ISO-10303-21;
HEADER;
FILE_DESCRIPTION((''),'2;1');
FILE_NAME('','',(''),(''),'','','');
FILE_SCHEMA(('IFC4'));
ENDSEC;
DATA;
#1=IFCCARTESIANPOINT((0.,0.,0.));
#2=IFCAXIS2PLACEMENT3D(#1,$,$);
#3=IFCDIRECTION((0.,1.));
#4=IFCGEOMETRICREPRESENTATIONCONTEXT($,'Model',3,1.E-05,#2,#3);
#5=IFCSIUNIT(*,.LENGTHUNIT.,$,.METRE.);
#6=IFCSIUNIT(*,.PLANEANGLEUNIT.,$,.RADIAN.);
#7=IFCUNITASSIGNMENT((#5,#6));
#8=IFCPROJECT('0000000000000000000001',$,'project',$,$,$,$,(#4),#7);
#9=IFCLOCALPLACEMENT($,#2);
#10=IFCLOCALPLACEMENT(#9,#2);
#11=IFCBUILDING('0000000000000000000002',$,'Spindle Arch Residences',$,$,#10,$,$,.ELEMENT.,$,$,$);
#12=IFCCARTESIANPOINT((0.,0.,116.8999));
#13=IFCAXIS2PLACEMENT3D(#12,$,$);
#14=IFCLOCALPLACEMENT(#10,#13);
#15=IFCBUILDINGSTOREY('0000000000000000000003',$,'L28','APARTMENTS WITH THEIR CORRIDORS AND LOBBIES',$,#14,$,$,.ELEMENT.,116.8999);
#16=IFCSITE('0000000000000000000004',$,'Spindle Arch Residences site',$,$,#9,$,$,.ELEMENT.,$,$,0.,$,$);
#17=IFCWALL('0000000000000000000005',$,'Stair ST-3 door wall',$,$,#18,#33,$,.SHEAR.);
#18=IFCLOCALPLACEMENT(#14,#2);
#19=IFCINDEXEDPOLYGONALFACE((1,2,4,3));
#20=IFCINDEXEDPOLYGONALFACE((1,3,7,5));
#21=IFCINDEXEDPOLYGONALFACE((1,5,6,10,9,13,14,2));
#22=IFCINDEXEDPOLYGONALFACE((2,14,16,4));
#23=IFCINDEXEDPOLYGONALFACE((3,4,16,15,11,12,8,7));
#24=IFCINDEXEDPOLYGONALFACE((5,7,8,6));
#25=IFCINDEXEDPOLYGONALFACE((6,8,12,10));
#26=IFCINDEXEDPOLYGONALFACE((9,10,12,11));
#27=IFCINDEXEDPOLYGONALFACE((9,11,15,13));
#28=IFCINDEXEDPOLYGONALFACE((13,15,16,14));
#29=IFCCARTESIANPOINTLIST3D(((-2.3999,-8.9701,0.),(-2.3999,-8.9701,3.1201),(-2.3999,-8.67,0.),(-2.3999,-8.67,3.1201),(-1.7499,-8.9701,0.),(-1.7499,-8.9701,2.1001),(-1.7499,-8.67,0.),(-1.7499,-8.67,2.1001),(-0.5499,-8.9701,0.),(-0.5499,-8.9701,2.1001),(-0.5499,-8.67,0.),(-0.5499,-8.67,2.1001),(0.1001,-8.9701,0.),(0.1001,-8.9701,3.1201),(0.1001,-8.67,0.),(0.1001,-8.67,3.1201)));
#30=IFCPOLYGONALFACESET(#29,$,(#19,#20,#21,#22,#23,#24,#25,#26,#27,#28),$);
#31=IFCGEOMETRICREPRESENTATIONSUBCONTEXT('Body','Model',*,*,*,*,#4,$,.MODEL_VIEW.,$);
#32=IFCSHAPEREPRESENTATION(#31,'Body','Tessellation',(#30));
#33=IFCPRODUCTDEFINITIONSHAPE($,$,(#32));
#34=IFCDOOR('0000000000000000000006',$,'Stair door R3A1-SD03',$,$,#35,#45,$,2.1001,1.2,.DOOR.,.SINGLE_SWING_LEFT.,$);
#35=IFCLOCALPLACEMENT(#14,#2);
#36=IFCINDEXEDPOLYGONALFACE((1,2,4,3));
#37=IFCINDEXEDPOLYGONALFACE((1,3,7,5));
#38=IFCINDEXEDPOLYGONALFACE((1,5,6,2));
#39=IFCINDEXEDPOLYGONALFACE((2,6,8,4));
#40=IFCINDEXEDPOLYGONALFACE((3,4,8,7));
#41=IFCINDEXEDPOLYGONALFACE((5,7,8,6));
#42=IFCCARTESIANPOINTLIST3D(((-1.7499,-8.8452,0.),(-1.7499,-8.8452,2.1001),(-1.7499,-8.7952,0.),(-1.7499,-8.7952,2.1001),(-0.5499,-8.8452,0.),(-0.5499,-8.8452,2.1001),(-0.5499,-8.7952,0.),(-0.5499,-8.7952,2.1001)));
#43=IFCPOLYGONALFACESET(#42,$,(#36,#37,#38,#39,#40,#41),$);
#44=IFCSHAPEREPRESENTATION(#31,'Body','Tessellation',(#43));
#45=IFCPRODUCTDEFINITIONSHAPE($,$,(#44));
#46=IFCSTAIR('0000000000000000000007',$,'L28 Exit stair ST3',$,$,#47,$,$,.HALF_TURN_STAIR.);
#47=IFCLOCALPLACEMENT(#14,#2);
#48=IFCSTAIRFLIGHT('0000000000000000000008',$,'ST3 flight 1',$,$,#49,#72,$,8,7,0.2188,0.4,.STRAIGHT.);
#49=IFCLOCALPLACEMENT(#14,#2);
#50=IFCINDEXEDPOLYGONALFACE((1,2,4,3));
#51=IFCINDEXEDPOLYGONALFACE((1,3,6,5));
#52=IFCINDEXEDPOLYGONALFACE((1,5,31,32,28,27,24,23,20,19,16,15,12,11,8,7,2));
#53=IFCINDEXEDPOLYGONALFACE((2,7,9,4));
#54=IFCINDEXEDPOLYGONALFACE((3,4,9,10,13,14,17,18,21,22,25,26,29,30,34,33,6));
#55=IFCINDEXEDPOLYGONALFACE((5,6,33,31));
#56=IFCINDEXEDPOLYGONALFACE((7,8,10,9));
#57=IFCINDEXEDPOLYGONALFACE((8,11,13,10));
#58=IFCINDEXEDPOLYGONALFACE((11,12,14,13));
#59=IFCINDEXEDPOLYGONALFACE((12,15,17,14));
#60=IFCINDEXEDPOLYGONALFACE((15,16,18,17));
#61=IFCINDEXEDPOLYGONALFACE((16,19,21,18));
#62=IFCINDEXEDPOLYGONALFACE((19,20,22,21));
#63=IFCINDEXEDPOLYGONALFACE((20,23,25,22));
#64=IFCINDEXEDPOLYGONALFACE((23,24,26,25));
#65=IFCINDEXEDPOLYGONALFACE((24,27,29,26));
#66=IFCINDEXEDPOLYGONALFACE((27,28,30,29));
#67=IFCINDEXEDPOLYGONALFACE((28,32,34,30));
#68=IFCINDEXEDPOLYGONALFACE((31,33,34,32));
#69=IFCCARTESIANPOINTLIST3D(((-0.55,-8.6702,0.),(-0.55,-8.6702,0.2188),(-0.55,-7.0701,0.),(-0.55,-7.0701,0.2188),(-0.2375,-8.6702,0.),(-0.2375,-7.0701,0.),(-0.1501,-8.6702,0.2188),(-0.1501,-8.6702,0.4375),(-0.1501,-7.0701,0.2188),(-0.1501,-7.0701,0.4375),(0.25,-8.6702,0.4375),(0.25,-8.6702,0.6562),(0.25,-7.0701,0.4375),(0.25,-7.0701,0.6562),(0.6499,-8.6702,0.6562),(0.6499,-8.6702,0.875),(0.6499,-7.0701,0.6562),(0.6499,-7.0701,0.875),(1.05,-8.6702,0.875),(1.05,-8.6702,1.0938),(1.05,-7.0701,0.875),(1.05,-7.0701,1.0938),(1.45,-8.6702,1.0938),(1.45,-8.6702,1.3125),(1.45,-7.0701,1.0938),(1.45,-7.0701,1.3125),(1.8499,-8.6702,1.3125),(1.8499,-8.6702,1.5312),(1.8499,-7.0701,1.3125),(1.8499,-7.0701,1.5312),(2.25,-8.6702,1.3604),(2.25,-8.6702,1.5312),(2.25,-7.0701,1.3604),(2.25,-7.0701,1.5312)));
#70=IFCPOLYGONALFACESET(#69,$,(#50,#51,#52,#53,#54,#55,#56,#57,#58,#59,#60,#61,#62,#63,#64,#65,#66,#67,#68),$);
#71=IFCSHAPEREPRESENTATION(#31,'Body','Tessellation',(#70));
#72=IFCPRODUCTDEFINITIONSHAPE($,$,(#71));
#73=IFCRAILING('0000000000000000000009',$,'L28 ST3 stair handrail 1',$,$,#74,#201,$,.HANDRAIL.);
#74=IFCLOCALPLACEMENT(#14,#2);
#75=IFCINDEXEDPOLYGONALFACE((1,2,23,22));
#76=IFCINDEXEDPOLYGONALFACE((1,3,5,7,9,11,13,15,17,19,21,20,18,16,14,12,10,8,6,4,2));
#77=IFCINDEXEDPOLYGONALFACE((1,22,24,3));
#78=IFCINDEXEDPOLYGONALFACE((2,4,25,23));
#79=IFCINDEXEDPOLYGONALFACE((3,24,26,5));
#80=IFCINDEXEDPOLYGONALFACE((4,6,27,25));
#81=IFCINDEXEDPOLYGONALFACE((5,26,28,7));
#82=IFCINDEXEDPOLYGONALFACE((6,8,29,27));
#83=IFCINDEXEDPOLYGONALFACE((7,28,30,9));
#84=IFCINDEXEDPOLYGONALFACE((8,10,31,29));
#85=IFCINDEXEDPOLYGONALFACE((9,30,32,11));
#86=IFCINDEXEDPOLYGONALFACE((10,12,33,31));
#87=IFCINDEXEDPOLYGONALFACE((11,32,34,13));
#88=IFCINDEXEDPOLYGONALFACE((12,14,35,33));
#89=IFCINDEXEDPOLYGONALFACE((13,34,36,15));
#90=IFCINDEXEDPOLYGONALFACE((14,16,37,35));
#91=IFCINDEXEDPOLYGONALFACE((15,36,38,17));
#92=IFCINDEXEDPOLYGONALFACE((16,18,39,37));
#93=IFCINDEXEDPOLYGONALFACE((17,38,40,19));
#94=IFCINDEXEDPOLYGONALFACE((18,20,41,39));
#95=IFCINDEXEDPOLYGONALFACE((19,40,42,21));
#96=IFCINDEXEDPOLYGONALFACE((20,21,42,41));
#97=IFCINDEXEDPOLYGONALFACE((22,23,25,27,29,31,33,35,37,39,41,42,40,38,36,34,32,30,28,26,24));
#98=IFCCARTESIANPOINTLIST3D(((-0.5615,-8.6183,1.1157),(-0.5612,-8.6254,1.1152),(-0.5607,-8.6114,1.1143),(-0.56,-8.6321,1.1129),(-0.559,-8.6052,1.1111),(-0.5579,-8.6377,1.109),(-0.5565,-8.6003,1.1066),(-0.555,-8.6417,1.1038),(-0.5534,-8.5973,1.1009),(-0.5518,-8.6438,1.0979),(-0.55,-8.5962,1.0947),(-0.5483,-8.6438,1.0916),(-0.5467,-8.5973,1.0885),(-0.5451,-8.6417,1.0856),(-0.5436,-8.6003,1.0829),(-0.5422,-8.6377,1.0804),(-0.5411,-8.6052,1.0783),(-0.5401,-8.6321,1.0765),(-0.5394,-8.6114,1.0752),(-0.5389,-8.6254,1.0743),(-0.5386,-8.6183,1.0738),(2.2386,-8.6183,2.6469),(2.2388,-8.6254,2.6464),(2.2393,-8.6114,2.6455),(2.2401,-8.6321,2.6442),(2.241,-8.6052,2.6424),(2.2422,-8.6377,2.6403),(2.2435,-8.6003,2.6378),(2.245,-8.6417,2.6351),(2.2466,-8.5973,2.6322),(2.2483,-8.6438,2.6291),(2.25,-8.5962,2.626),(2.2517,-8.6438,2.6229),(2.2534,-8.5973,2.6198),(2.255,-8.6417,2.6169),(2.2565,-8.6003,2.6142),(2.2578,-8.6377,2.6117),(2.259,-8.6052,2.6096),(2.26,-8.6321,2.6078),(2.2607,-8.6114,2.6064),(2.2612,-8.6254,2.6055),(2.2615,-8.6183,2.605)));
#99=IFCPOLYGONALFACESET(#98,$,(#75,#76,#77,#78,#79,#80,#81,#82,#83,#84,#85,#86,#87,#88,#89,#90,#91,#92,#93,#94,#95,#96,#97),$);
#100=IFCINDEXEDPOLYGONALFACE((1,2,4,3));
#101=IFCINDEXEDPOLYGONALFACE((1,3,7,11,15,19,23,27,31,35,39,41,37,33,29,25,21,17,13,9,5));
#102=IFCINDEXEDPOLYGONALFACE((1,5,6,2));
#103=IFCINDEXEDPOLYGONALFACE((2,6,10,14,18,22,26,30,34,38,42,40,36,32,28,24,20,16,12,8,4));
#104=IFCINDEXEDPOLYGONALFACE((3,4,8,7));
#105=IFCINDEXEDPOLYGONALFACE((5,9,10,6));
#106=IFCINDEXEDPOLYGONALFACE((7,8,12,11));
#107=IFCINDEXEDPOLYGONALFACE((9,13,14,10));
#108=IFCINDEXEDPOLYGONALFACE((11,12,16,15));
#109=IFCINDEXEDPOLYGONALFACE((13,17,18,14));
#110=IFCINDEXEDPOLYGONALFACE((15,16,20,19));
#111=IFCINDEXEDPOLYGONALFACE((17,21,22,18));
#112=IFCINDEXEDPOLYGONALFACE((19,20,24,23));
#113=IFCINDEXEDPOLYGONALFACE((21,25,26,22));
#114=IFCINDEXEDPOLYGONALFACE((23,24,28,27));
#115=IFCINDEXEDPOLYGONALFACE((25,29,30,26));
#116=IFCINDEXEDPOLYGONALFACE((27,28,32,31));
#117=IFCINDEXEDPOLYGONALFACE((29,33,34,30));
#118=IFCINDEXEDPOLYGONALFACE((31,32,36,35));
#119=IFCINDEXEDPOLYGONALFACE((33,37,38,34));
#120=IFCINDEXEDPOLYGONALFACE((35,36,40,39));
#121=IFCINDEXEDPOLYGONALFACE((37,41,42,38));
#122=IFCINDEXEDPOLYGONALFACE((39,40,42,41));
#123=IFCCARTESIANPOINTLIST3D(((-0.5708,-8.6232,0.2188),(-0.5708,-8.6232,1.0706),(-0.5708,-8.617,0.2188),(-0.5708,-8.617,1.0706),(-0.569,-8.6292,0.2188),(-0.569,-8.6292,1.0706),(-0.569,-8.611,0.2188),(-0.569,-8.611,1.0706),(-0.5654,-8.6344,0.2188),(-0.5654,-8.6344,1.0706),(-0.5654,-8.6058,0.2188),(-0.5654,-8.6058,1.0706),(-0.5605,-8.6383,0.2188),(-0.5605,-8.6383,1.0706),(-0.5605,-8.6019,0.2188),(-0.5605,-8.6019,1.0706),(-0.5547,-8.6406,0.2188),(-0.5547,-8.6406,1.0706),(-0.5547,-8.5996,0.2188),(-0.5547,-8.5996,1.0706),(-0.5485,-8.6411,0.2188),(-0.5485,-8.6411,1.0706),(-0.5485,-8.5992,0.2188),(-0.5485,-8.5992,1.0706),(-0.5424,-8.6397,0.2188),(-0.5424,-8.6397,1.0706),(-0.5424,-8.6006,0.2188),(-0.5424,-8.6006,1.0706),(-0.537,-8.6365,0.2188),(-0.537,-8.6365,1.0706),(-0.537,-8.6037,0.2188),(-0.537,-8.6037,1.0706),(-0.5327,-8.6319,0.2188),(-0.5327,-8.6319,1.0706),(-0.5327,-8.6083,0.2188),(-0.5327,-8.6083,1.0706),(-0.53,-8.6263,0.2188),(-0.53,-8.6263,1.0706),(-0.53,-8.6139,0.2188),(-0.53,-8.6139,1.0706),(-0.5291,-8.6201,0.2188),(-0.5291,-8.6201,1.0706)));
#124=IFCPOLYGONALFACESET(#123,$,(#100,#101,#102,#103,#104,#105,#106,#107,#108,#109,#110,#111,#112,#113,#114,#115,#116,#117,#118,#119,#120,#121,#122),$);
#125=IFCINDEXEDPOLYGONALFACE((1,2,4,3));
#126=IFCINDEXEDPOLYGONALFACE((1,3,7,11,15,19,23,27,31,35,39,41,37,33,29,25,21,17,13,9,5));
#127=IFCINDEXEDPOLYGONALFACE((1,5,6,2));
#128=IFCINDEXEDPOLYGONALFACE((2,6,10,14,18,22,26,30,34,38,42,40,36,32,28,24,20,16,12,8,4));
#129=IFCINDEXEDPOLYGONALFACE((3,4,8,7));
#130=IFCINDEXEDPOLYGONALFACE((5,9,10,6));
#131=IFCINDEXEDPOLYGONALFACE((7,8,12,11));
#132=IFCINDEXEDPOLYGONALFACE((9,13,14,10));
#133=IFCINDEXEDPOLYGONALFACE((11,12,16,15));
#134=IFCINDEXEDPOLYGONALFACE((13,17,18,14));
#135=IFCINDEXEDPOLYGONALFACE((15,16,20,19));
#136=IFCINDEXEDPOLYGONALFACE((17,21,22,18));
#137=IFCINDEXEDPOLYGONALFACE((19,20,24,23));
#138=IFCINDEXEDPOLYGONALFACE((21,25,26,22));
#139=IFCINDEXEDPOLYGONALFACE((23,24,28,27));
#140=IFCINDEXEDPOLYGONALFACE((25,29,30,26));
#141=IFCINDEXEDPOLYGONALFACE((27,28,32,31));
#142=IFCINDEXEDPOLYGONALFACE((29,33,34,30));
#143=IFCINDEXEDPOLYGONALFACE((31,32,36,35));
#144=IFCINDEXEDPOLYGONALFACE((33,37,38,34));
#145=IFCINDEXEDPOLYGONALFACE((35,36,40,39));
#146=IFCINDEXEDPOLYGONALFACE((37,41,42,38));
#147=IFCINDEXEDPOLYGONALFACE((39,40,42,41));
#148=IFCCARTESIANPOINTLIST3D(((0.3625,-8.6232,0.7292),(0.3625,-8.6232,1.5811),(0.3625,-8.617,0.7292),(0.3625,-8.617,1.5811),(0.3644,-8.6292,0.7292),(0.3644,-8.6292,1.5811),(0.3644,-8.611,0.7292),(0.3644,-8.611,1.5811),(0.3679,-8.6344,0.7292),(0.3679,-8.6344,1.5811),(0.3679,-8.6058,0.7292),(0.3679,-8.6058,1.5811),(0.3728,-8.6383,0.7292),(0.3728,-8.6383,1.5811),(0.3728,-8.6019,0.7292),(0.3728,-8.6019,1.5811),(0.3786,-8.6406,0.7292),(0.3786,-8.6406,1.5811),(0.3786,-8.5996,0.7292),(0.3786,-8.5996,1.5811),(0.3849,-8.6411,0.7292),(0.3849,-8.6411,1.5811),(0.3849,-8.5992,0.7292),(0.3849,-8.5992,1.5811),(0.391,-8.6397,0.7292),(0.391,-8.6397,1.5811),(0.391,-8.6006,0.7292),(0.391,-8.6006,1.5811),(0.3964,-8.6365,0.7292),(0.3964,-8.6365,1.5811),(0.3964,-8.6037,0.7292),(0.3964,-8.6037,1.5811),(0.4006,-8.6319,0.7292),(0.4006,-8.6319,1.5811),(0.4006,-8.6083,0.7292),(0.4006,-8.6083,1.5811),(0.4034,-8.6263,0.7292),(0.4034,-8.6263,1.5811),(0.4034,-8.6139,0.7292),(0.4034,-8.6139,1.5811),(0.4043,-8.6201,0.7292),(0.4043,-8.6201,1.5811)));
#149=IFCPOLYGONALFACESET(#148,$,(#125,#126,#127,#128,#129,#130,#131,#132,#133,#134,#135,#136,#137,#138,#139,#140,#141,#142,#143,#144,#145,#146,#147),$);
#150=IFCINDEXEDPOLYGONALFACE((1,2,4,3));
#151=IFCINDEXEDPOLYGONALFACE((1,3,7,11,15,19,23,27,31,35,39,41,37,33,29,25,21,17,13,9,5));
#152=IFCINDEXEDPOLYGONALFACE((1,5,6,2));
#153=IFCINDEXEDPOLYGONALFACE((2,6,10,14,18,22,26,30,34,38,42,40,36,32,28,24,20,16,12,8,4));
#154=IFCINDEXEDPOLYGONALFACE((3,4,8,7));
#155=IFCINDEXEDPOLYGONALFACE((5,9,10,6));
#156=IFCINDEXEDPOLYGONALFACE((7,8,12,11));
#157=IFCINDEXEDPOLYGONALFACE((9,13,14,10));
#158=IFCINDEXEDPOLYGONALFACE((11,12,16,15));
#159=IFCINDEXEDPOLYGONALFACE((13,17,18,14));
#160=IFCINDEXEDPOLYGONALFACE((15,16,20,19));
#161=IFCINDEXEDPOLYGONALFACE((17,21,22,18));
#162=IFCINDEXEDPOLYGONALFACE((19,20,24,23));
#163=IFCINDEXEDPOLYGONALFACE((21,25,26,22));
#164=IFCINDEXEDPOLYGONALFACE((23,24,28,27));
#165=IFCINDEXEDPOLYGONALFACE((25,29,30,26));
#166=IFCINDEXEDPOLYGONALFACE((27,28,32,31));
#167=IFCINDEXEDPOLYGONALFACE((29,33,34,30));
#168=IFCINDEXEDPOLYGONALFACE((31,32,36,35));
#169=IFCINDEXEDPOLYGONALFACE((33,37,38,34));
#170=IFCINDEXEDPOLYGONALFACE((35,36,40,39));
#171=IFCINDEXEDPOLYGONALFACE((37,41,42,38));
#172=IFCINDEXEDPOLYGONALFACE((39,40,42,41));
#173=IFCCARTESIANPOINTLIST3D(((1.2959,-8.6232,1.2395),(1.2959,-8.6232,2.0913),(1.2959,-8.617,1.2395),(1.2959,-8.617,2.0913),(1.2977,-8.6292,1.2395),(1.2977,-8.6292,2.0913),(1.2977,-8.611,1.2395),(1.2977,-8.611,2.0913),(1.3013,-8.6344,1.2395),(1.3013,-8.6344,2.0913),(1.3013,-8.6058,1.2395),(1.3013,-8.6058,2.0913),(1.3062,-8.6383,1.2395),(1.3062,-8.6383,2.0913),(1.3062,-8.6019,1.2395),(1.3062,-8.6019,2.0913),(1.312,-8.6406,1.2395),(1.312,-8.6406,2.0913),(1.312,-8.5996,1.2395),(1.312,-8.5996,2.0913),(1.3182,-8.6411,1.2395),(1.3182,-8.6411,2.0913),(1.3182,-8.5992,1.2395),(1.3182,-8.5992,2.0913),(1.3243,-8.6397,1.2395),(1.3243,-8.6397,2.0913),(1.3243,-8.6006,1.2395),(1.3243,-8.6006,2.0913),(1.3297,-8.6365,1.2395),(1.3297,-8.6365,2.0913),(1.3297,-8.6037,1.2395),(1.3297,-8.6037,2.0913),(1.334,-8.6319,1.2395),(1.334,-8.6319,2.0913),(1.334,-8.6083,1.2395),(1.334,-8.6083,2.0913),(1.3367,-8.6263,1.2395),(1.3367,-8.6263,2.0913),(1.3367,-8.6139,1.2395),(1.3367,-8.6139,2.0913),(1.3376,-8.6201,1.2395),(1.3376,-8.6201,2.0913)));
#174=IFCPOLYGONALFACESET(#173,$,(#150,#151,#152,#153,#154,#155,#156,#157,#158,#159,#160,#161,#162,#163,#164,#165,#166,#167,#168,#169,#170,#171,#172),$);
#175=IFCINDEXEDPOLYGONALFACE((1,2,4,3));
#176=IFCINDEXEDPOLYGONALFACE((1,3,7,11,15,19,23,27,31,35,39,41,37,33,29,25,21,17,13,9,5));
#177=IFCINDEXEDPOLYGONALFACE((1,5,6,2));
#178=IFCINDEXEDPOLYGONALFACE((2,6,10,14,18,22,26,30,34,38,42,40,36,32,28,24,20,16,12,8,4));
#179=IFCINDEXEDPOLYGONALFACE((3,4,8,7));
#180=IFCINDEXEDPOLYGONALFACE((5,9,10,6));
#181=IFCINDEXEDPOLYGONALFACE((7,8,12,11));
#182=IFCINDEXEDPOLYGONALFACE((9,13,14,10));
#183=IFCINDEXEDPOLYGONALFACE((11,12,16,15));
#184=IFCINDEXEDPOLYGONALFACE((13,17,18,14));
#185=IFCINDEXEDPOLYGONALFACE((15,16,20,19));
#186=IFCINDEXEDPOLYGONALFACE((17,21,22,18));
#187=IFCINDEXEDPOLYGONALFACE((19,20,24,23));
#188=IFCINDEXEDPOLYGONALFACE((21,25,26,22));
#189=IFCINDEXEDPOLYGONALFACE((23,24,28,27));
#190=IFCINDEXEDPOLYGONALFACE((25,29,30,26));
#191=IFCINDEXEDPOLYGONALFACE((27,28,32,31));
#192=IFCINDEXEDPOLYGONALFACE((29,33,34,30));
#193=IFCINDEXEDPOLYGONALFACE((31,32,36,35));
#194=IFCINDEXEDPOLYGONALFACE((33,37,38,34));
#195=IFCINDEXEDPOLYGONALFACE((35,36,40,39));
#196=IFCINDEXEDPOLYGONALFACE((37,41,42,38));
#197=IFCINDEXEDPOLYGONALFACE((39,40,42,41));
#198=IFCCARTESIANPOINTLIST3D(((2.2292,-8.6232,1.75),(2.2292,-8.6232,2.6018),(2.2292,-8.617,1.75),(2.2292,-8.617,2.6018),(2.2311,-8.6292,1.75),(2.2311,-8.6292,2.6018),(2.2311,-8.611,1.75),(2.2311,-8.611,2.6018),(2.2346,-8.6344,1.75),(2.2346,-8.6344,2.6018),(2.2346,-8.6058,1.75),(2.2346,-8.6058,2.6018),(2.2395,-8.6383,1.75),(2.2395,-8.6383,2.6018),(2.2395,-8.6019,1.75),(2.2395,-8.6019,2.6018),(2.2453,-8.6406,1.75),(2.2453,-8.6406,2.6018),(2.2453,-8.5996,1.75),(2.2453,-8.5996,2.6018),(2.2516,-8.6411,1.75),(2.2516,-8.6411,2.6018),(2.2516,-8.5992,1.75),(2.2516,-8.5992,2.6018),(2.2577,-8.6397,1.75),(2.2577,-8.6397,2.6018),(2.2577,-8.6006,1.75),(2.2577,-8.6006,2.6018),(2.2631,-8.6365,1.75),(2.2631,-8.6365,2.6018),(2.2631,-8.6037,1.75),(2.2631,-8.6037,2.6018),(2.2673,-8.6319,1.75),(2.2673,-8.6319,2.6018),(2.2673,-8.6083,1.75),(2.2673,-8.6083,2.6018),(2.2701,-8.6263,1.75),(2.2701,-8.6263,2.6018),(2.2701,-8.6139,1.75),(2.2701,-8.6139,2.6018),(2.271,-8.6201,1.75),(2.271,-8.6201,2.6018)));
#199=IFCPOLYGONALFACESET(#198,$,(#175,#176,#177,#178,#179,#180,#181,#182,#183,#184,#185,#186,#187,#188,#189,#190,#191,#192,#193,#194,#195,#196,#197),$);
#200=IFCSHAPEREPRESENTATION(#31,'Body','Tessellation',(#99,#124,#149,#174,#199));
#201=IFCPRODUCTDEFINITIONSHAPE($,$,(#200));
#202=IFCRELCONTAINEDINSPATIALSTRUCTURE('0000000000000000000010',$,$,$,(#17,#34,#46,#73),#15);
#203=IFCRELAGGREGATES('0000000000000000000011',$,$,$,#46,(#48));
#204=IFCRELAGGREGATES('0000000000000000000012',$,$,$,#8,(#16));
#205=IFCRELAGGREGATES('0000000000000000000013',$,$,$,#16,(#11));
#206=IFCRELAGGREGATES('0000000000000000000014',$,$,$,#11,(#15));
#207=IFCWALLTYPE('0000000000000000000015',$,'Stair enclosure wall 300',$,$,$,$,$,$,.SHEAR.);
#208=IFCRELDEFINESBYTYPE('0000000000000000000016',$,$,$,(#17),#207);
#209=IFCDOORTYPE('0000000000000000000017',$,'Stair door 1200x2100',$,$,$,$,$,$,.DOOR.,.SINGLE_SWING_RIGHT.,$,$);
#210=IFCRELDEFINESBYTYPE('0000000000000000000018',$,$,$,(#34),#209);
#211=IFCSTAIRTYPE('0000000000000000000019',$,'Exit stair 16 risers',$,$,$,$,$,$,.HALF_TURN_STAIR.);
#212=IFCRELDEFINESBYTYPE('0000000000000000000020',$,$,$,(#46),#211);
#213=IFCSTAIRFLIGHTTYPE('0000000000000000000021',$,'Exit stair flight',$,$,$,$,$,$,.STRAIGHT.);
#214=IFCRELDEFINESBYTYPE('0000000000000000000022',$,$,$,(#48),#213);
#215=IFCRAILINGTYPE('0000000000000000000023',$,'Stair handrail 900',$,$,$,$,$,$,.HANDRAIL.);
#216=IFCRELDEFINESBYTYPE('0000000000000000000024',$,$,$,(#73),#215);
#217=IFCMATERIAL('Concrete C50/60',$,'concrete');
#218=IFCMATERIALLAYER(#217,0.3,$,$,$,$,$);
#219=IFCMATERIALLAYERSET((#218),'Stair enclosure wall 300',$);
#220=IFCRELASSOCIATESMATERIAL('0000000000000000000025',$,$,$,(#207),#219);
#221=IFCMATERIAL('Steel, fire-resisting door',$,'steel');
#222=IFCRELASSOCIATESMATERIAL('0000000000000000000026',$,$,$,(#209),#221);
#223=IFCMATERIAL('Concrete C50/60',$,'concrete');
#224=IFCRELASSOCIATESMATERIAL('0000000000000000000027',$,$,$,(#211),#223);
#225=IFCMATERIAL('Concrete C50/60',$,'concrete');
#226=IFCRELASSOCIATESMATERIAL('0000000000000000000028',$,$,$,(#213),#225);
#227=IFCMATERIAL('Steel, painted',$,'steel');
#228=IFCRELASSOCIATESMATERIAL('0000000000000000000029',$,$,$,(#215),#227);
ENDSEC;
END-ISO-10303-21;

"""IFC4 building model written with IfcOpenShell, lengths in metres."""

from ifc_helpers import new_model, si_unit, direction, frame, frame_2d, origin, origin_2d, place, context, subcontext, project, spatial, polyline, rectangle, circle, outline, extrude, material, layer, layer_set, type_object, element, fill, aggregate, save


model = new_model("IFC4")

# Units and contexts
model_context = context("Model", 3, precision=1e-05, world=origin(), true_north=direction((0.0, 1.0)))
body_context = subcontext(model_context, "Body", "Model", "MODEL_VIEW")
ifc_project = project(units=[si_unit("LENGTHUNIT", "METRE"), si_unit("PLANEANGLEUNIT", "RADIAN")], contexts=[model_context])

# Site, building, storey
site_placement = place(None, origin())
site = spatial("IfcSite", under=ifc_project, at=site_placement, Name="Spindle Arch Residences site", CompositionType="ELEMENT", RefElevation=0.0)
building_placement = place(site_placement, origin())
building = spatial("IfcBuilding", under=site, at=building_placement, Name="Spindle Arch Residences", CompositionType="ELEMENT")
storey_placement = place(building_placement, frame((0.0, 0.0, 116.8999)))
storey = spatial("IfcBuildingStorey", under=building, at=storey_placement, Name="L28", Description="APARTMENTS WITH THEIR CORRIDORS AND LOBBIES", CompositionType="ELEMENT", Elevation=116.8999)

# Shared definitions
ifc_material_1 = material(Name="Concrete C50/60", Category="concrete")
ifc_layer_1 = layer(ifc_material_1, 0.3)
ifc_layer_set_1 = layer_set([ifc_layer_1], Name="Stair enclosure wall 300")
wall_type_1 = type_object("IfcWallType", Name="Stair enclosure wall 300", PredefinedType="SHEAR", material=ifc_layer_set_1)

# Wall, opening, door
wall_1_placement = place(storey_placement, frame((-2.3999, -8.8201, 0.0), z_axis=(0.0, 0.0, 1.0), x_axis=(1.0, 0.0, 0.0)))
wall_1 = element("IfcWall", 1, at=wall_1_placement, inside=storey, type_object=wall_type_1, Name="Stair ST-3 door wall", PredefinedType="SHEAR", context=body_context, shape_type="SweptSolid", body=[
    extrude(rectangle(XDim=2.5, YDim=0.3, at=frame_2d((1.25, 0.0))), origin(), (0.0, 0.0, 1.0), 3.1201),
])
opening_1_placement = place(wall_1_placement, frame((0.6499, 0.0, 0.0)))
opening_1 = element("IfcOpeningElement", 2, at=opening_1_placement, cuts=wall_1, PredefinedType="OPENING", context=body_context, shape_type="SweptSolid", body=[
    extrude(rectangle(XDim=1.2, YDim=2.1001, at=frame_2d((0.6001, 1.05))), frame((0.0, 0.1602, 0.0), z_axis=(0.0, -1.0, 0.0), x_axis=(1.0, 0.0, 0.0)), (0.0, 0.0, 1.0), 0.3201),
])
ifc_material_2 = material(Name="Steel, fire-resisting door", Category="steel")
door_type_1 = type_object("IfcDoorType", Name="Stair door 1200x2100", OperationType="SINGLE_SWING_RIGHT", PredefinedType="DOOR", material=ifc_material_2)
door_1_placement = place(opening_1_placement, origin())
door_1 = element("IfcDoor", 3, at=door_1_placement, inside=storey, type_object=door_type_1, Name="Stair door R3A1-SD03", OperationType="SINGLE_SWING_LEFT", OverallHeight=2.1001, OverallWidth=1.2, PredefinedType="DOOR", context=body_context, shape_type="SweptSolid", body=[
    extrude(rectangle(XDim=1.2, YDim=2.1001, at=frame_2d((0.6001, 1.05))), frame((0.0, 0.0249, 0.0), z_axis=(0.0, -1.0, 0.0), x_axis=(1.0, 0.0, 0.0)), (0.0, 0.0, 1.0), 0.05),
])
fill(opening_1, door_1)

# Stair, stair flight
ifc_material_3 = material(Name="Concrete C50/60", Category="concrete")
stair_type = type_object("IfcStairType", Name="Exit stair 16 risers", PredefinedType="HALF_TURN_STAIR", material=ifc_material_3)
stair_placement = place(storey_placement, origin())
stair = element("IfcStair", 4, at=stair_placement, inside=storey, type_object=stair_type, Name="L28 Exit stair ST3", PredefinedType="HALF_TURN_STAIR")
ifc_material_4 = material(Name="Concrete C50/60", Category="concrete")
stair_flight_type = type_object("IfcStairFlightType", Name="Exit stair flight", PredefinedType="STRAIGHT", material=ifc_material_4)
stair_flight_placement = place(storey_placement, frame((-0.55, -7.8701, 0.0), z_axis=(0.0, 0.0, 1.0), x_axis=(1.0, 0.0, 0.0)))
stair_flight = element("IfcStairFlight", 5, at=stair_flight_placement, type_object=stair_flight_type, Name="ST3 flight 1", NumberOfRisers=8, NumberOfTreads=7, PredefinedType="STRAIGHT", RiserHeight=0.2188, TreadLength=0.4, context=body_context, shape_type="SweptSolid", body=[
    extrude(outline(polyline([(0.0, 0.0), (0.0, 0.2188), (0.3999, 0.2188), (0.3999, 0.4375), (0.8, 0.4375), (0.8, 0.6562), (1.2, 0.6562), (1.2, 0.875), (1.6001, 0.875), (1.6001, 1.0938), (2.0, 1.0938), (2.0, 1.3125), (2.3999, 1.3125), (2.3999, 1.5312), (2.8, 1.5312), (2.8, 1.75), (2.8, 1.3604), (0.3125, 0.0), (0.0, 0.0)])), frame((0.0, 0.8, 0.0), z_axis=(0.0, -1.0, 0.0), x_axis=(1.0, 0.0, 0.0)), (0.0, 0.0, 1.0), 1.6001),
])
aggregate(stair, [stair_flight])

# Railing
ifc_material_5 = material(Name="Steel, painted", Category="steel")
railing_type_1 = type_object("IfcRailingType", Name="Stair handrail 900", PredefinedType="HANDRAIL", material=ifc_material_5)
railing_1_placement = place(storey_placement, frame((-0.55, -8.6201, 0.2188)))
element("IfcRailing", 6, at=railing_1_placement, inside=storey, type_object=railing_type_1, Name="L28 ST3 stair handrail 1", PredefinedType="HANDRAIL", context=body_context, shape_type="SweptSolid", body=[
    extrude(circle(Radius=0.0239, at=origin_2d()), frame((0.0, 0.0, 0.876), z_axis=(0.877375, 0.0, 0.479806), x_axis=(0.0, 1.0, 0.0)), (0.0, 0.0, 1.0), 3.1914),
    extrude(circle(Radius=0.021, at=origin_2d()), origin(), (0.0, 0.0, 1.0), 0.8518),
    extrude(circle(Radius=0.021, at=origin_2d()), frame((0.9333, 0.0, 0.5105)), (0.0, 0.0, 1.0), 0.8518),
    extrude(circle(Radius=0.021, at=origin_2d()), frame((1.8667, 0.0, 1.0208)), (0.0, 0.0, 1.0), 0.8518),
    extrude(circle(Radius=0.021, at=origin_2d()), frame((2.8, 0.0, 1.5312)), (0.0, 0.0, 1.0), 0.8518),
])

save(model, "model.ifc")
